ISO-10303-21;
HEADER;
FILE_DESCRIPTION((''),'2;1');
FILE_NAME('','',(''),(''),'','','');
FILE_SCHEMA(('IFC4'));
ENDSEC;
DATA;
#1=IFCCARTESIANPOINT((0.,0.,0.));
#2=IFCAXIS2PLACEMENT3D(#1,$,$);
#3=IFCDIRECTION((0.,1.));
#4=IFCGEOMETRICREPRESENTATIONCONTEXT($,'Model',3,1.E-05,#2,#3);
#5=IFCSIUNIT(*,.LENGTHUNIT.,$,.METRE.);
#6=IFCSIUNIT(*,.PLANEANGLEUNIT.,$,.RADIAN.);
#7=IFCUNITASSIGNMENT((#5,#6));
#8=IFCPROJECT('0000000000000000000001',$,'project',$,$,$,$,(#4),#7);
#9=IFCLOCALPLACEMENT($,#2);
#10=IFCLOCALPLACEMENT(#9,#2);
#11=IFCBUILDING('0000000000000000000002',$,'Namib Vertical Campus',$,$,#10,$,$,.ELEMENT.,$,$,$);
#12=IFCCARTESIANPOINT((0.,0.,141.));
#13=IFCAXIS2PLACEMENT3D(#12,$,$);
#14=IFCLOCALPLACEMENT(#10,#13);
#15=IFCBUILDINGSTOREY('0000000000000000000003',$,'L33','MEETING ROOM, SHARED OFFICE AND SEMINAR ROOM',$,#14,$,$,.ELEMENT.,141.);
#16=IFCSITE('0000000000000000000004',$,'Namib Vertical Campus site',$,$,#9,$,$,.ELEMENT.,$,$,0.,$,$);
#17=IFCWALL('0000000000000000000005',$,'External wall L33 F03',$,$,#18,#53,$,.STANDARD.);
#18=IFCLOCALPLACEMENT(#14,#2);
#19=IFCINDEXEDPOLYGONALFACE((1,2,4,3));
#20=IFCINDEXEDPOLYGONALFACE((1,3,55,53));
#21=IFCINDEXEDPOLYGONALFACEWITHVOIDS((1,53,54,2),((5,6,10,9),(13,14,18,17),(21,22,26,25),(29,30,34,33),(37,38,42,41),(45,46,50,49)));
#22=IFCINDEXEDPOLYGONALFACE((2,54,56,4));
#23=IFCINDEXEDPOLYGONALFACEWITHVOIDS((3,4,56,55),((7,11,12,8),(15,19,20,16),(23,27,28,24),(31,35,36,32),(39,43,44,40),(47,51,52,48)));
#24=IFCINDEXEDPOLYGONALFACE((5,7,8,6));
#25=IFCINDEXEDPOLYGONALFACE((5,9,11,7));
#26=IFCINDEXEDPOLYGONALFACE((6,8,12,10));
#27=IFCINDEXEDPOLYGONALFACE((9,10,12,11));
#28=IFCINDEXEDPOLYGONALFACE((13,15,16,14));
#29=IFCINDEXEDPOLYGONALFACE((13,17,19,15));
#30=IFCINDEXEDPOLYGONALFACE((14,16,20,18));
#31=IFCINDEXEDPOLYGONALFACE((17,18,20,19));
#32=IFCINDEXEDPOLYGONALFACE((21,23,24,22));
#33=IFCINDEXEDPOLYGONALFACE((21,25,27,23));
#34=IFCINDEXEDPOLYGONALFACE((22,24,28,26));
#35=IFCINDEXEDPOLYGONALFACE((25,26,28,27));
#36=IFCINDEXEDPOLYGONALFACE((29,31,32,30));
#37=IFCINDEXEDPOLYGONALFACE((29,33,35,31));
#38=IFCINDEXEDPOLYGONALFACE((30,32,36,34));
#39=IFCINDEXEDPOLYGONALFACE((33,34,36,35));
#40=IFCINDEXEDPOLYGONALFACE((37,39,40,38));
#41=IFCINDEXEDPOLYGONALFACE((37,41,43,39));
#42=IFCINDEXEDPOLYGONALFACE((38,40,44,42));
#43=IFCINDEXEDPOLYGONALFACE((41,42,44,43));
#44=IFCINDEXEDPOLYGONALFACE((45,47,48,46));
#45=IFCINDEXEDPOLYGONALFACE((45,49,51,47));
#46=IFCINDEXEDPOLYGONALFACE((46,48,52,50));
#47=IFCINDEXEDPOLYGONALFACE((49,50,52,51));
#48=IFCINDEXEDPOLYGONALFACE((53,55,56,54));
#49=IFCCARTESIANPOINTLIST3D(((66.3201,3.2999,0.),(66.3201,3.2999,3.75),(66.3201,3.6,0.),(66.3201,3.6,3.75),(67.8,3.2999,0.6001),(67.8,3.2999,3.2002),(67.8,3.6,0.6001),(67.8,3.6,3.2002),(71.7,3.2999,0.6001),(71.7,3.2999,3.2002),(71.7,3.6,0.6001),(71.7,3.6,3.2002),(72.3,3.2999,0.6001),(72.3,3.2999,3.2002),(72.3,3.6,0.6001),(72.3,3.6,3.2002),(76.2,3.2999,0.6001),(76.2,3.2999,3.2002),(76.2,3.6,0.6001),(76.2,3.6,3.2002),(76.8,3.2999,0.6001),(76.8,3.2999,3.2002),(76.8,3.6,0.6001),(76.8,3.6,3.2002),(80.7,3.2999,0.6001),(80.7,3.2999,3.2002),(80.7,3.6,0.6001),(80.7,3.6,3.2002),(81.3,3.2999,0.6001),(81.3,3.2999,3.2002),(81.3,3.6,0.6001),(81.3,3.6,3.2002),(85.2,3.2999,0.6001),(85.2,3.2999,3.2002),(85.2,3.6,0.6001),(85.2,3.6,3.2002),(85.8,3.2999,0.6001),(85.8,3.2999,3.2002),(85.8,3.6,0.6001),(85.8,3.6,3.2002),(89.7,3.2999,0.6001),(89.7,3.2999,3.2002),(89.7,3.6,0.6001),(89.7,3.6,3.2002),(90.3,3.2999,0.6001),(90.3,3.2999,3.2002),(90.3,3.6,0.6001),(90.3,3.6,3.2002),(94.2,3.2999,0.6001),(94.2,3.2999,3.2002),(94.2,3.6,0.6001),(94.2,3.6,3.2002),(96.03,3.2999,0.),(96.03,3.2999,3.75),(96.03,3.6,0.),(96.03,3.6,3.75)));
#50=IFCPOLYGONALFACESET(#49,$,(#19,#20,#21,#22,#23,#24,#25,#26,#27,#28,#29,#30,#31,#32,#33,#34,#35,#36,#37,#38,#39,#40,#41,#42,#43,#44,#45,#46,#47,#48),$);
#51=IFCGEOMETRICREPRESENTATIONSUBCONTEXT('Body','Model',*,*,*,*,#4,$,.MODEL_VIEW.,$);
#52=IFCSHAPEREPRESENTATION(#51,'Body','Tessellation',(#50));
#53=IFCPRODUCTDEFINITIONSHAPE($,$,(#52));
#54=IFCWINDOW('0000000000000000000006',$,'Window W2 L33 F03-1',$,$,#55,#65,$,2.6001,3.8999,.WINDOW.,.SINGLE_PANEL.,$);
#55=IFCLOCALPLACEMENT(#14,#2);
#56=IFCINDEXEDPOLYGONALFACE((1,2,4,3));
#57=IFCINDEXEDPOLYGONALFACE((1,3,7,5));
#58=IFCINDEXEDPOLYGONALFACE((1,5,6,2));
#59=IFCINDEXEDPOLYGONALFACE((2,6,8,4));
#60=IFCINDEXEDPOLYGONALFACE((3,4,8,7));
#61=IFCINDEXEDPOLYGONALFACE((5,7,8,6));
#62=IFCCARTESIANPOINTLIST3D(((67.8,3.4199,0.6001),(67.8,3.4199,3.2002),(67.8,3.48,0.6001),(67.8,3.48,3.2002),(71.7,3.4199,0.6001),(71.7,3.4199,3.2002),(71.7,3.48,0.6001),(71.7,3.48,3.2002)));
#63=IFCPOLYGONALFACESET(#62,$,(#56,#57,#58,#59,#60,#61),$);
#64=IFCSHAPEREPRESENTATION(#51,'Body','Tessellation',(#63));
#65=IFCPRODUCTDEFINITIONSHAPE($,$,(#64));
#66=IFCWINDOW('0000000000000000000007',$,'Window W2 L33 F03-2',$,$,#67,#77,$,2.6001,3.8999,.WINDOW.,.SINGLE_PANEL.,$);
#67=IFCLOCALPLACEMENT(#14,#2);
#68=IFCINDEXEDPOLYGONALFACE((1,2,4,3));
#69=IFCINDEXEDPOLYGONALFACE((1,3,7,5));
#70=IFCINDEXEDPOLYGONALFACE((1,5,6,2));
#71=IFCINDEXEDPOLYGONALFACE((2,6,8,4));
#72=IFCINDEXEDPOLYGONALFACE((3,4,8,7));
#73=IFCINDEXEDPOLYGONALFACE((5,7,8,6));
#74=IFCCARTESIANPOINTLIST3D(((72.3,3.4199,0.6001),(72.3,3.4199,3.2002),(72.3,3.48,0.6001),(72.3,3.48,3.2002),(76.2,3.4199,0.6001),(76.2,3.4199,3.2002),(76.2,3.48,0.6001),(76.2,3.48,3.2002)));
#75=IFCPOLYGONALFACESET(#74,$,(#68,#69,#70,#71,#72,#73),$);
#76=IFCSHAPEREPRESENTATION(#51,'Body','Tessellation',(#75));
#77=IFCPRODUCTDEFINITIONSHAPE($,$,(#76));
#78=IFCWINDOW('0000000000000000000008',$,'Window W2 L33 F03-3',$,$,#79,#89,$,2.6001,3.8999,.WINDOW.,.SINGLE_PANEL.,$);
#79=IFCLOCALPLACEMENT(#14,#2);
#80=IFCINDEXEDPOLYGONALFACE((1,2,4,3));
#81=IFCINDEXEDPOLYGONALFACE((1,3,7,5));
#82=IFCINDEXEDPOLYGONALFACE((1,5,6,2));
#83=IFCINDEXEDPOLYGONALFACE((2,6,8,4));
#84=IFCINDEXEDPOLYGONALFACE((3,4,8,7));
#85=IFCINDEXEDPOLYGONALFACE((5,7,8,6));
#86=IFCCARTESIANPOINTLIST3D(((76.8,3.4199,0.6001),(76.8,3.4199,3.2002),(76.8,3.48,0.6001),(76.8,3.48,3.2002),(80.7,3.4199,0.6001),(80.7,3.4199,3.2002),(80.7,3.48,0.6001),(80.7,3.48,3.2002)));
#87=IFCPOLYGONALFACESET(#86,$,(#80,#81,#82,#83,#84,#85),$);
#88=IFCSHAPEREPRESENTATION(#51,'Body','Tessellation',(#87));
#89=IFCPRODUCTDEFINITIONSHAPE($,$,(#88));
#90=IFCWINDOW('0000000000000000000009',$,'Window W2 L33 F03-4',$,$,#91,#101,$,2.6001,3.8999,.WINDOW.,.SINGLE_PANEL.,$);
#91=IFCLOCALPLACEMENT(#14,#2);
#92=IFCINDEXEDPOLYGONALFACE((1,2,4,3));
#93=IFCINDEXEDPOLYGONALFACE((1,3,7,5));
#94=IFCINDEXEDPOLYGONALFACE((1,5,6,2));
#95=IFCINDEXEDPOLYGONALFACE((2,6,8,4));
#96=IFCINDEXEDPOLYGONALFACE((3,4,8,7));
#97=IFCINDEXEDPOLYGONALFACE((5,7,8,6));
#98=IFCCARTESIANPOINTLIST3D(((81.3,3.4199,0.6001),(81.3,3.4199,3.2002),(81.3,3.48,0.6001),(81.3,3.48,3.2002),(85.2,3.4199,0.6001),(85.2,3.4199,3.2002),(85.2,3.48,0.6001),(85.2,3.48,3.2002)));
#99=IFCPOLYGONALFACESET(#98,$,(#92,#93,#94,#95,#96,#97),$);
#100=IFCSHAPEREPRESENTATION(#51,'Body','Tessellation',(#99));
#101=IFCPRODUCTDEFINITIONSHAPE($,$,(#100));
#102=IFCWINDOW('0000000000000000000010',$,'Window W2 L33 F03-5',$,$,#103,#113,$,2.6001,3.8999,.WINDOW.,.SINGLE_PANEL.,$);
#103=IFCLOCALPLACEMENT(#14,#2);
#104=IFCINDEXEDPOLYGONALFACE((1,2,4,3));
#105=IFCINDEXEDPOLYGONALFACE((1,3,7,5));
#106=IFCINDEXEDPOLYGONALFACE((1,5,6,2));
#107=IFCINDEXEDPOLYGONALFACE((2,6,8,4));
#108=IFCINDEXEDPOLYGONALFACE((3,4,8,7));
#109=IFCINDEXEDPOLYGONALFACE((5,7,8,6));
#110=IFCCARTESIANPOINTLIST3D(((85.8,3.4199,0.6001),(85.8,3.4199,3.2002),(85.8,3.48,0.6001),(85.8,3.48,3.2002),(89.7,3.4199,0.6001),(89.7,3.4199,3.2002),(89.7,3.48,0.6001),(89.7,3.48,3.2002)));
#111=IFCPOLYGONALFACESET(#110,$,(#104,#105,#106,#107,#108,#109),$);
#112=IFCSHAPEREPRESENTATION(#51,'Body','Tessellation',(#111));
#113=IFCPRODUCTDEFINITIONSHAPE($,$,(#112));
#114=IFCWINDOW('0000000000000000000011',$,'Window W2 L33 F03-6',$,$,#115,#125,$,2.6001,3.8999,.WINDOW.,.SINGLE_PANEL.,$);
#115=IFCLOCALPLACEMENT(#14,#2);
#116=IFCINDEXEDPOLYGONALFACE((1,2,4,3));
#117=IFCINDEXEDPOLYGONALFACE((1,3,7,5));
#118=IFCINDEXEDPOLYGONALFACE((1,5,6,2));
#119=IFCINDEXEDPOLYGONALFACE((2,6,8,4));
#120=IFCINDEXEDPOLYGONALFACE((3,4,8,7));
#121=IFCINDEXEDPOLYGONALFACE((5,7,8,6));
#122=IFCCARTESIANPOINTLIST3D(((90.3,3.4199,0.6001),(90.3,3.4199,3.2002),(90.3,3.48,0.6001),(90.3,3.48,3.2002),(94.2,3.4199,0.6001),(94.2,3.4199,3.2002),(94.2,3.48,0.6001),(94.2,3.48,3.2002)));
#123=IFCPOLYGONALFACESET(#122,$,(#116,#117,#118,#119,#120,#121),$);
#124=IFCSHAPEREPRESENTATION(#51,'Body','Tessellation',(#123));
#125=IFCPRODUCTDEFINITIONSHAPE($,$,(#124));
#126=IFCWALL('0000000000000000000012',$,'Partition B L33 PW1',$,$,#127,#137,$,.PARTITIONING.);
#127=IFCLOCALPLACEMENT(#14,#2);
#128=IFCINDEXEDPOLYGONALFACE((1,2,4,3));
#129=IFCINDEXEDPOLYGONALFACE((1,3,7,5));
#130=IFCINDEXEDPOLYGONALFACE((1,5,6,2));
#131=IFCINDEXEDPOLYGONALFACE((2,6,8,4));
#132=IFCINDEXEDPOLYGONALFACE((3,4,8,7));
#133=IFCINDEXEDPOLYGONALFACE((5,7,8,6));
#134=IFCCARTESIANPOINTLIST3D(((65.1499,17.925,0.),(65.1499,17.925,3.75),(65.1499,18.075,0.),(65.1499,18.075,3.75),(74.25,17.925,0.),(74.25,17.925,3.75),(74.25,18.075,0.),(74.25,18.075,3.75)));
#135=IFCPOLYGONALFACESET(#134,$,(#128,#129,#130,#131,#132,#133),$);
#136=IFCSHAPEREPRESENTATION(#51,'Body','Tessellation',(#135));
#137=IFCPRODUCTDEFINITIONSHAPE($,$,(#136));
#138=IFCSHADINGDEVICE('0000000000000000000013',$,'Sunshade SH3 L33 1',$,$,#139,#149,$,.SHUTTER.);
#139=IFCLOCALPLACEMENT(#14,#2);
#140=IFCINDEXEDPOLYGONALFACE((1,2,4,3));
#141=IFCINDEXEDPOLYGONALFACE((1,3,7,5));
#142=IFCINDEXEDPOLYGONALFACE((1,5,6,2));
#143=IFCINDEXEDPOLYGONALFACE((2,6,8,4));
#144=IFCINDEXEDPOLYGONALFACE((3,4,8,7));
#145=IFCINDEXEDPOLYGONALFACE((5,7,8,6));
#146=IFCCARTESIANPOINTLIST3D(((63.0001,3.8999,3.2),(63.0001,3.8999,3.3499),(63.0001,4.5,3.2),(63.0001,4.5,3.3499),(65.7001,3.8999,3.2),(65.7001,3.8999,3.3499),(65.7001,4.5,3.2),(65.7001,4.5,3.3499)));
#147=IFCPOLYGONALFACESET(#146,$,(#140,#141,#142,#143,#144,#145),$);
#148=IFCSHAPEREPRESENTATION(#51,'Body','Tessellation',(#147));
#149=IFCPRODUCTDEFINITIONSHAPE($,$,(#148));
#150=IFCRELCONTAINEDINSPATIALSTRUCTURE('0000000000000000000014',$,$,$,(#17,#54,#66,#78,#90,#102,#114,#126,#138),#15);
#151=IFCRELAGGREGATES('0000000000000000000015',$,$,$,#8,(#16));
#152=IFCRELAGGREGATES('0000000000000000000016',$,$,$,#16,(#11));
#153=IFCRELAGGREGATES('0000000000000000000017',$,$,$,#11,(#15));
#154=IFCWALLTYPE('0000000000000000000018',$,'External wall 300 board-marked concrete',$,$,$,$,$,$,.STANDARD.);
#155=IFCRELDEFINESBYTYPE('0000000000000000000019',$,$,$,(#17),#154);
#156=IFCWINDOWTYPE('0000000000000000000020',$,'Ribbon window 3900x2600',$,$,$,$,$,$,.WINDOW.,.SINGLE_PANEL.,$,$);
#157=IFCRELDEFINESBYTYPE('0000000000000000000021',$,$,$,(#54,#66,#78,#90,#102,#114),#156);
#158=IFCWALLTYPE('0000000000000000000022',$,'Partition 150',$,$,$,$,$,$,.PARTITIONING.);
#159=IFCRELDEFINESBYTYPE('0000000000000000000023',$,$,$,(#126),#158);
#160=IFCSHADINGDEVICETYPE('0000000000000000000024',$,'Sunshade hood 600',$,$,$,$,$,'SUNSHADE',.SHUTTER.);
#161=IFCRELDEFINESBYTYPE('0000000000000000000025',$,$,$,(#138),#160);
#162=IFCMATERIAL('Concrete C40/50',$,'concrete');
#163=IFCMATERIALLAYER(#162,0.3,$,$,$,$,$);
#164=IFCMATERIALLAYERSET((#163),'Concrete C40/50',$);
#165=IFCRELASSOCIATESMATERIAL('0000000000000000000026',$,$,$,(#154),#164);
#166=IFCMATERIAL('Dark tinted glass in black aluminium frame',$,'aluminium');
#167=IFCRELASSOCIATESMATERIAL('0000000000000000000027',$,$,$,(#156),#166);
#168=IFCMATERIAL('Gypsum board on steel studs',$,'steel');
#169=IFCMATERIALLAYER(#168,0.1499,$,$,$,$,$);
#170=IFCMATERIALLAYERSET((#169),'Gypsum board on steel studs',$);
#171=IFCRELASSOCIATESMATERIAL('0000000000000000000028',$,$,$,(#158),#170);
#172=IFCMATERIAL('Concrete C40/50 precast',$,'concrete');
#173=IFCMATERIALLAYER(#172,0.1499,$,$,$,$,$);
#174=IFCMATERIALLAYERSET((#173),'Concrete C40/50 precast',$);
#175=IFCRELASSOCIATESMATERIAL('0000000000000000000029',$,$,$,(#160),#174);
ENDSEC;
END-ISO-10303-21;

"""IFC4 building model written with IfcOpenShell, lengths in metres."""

from ifc_helpers import new_model, si_unit, direction, frame, frame_2d, origin, origin_2d, place, context, subcontext, project, spatial, rectangle, extrude, material, layer, layer_set, type_object, element, fill, save


model = new_model("IFC4")

# Units and contexts
model_context = context("Model", 3, precision=1e-05, world=origin(), true_north=direction((0.0, 1.0)))
body_context = subcontext(model_context, "Body", "Model", "MODEL_VIEW")
ifc_project = project(units=[si_unit("LENGTHUNIT", "METRE"), si_unit("PLANEANGLEUNIT", "RADIAN")], contexts=[model_context])

# Site, building, storey
site_placement = place(None, origin())
site = spatial("IfcSite", under=ifc_project, at=site_placement, Name="Namib Vertical Campus site", CompositionType="ELEMENT", RefElevation=0.0)
building_placement = place(site_placement, origin())
building = spatial("IfcBuilding", under=site, at=building_placement, Name="Namib Vertical Campus", CompositionType="ELEMENT")
storey_placement = place(building_placement, frame((0.0, 0.0, 141.0)))
storey = spatial("IfcBuildingStorey", under=building, at=storey_placement, Name="L33", Description="MEETING ROOM, SHARED OFFICE AND SEMINAR ROOM", CompositionType="ELEMENT", Elevation=141.0)

# Shared definitions
ifc_material_1 = material(Name="Concrete C40/50", Category="concrete")
ifc_layer_1 = layer(ifc_material_1, 0.3)
ifc_layer_set_1 = layer_set([ifc_layer_1], Name="Concrete C40/50")
wall_type_1 = type_object("IfcWallType", Name="External wall 300 board-marked concrete", PredefinedType="STANDARD", material=ifc_layer_set_1)

# Wall, openings, windows
wall_1_placement = place(storey_placement, frame((66.3201, 3.45, 0.0), z_axis=(0.0, 0.0, 1.0), x_axis=(1.0, 0.0, 0.0)))
wall_1 = element("IfcWall", 1, at=wall_1_placement, inside=storey, type_object=wall_type_1, Name="External wall L33 F03", PredefinedType="STANDARD", context=body_context, shape_type="SweptSolid", body=[
    extrude(rectangle(XDim=29.71, YDim=0.3, at=frame_2d((14.855, 0.0))), origin(), (0.0, 0.0, 1.0), 3.75),
])
opening_1_placement = place(wall_1_placement, frame((1.48, 0.0, 0.6001)))
opening_1 = element("IfcOpeningElement", 2, at=opening_1_placement, cuts=wall_1, PredefinedType="OPENING", context=body_context, shape_type="SweptSolid", body=[
    extrude(rectangle(XDim=3.8999, YDim=2.6001, at=frame_2d((1.95, 1.3))), frame((0.0, 0.1599, 0.0), z_axis=(0.0, -1.0, 0.0), x_axis=(1.0, 0.0, 0.0)), (0.0, 0.0, 1.0), 0.3201),
])
opening_2_placement = place(wall_1_placement, frame((5.98, 0.0, 0.6001)))
opening_2 = element("IfcOpeningElement", 3, at=opening_2_placement, cuts=wall_1, PredefinedType="OPENING", context=body_context, shape_type="SweptSolid", body=[
    extrude(rectangle(XDim=3.8999, YDim=2.6001, at=frame_2d((1.95, 1.3))), frame((0.0, 0.1599, 0.0), z_axis=(0.0, -1.0, 0.0), x_axis=(1.0, 0.0, 0.0)), (0.0, 0.0, 1.0), 0.3201),
])
opening_3_placement = place(wall_1_placement, frame((10.48, 0.0, 0.6001)))
opening_3 = element("IfcOpeningElement", 4, at=opening_3_placement, cuts=wall_1, PredefinedType="OPENING", context=body_context, shape_type="SweptSolid", body=[
    extrude(rectangle(XDim=3.8999, YDim=2.6001, at=frame_2d((1.95, 1.3))), frame((0.0, 0.1599, 0.0), z_axis=(0.0, -1.0, 0.0), x_axis=(1.0, 0.0, 0.0)), (0.0, 0.0, 1.0), 0.3201),
])
opening_4_placement = place(wall_1_placement, frame((14.98, 0.0, 0.6001)))
opening_4 = element("IfcOpeningElement", 5, at=opening_4_placement, cuts=wall_1, PredefinedType="OPENING", context=body_context, shape_type="SweptSolid", body=[
    extrude(rectangle(XDim=3.8999, YDim=2.6001, at=frame_2d((1.95, 1.3))), frame((0.0, 0.1599, 0.0), z_axis=(0.0, -1.0, 0.0), x_axis=(1.0, 0.0, 0.0)), (0.0, 0.0, 1.0), 0.3201),
])
opening_5_placement = place(wall_1_placement, frame((19.48, 0.0, 0.6001)))
opening_5 = element("IfcOpeningElement", 6, at=opening_5_placement, cuts=wall_1, PredefinedType="OPENING", context=body_context, shape_type="SweptSolid", body=[
    extrude(rectangle(XDim=3.8999, YDim=2.6001, at=frame_2d((1.95, 1.3))), frame((0.0, 0.1599, 0.0), z_axis=(0.0, -1.0, 0.0), x_axis=(1.0, 0.0, 0.0)), (0.0, 0.0, 1.0), 0.3201),
])
opening_6_placement = place(wall_1_placement, frame((23.98, 0.0, 0.6001)))
opening_6 = element("IfcOpeningElement", 7, at=opening_6_placement, cuts=wall_1, PredefinedType="OPENING", context=body_context, shape_type="SweptSolid", body=[
    extrude(rectangle(XDim=3.8999, YDim=2.6001, at=frame_2d((1.95, 1.3))), frame((0.0, 0.1599, 0.0), z_axis=(0.0, -1.0, 0.0), x_axis=(1.0, 0.0, 0.0)), (0.0, 0.0, 1.0), 0.3201),
])
ifc_material_2 = material(Name="Dark tinted glass in black aluminium frame", Category="aluminium")
window_type = type_object("IfcWindowType", Name="Ribbon window 3900x2600", PartitioningType="SINGLE_PANEL", PredefinedType="WINDOW", material=ifc_material_2)
window_1_placement = place(opening_1_placement, origin())
window_1 = element("IfcWindow", 8, at=window_1_placement, inside=storey, type_object=window_type, Name="Window W2 L33 F03-1", OverallHeight=2.6001, OverallWidth=3.8999, PartitioningType="SINGLE_PANEL", PredefinedType="WINDOW", context=body_context, shape_type="SweptSolid", body=[
    extrude(rectangle(XDim=3.8999, YDim=2.6001, at=frame_2d((1.95, 1.3))), frame((0.0, 0.03, 0.0), z_axis=(0.0, -1.0, 0.0), x_axis=(1.0, 0.0, 0.0)), (0.0, 0.0, 1.0), 0.0601),
])
fill(opening_1, window_1)
window_2_placement = place(opening_2_placement, origin())
window_2 = element("IfcWindow", 9, at=window_2_placement, inside=storey, type_object=window_type, Name="Window W2 L33 F03-2", OverallHeight=2.6001, OverallWidth=3.8999, PartitioningType="SINGLE_PANEL", PredefinedType="WINDOW", context=body_context, shape_type="SweptSolid", body=[
    extrude(rectangle(XDim=3.8999, YDim=2.6001, at=frame_2d((1.95, 1.3))), frame((0.0, 0.03, 0.0), z_axis=(0.0, -1.0, 0.0), x_axis=(1.0, 0.0, 0.0)), (0.0, 0.0, 1.0), 0.0601),
])
fill(opening_2, window_2)
window_3_placement = place(opening_3_placement, origin())
window_3 = element("IfcWindow", 10, at=window_3_placement, inside=storey, type_object=window_type, Name="Window W2 L33 F03-3", OverallHeight=2.6001, OverallWidth=3.8999, PartitioningType="SINGLE_PANEL", PredefinedType="WINDOW", context=body_context, shape_type="SweptSolid", body=[
    extrude(rectangle(XDim=3.8999, YDim=2.6001, at=frame_2d((1.95, 1.3))), frame((0.0, 0.03, 0.0), z_axis=(0.0, -1.0, 0.0), x_axis=(1.0, 0.0, 0.0)), (0.0, 0.0, 1.0), 0.0601),
])
fill(opening_3, window_3)
window_4_placement = place(opening_4_placement, origin())
window_4 = element("IfcWindow", 11, at=window_4_placement, inside=storey, type_object=window_type, Name="Window W2 L33 F03-4", OverallHeight=2.6001, OverallWidth=3.8999, PartitioningType="SINGLE_PANEL", PredefinedType="WINDOW", context=body_context, shape_type="SweptSolid", body=[
    extrude(rectangle(XDim=3.8999, YDim=2.6001, at=frame_2d((1.95, 1.3))), frame((0.0, 0.03, 0.0), z_axis=(0.0, -1.0, 0.0), x_axis=(1.0, 0.0, 0.0)), (0.0, 0.0, 1.0), 0.0601),
])
fill(opening_4, window_4)
window_5_placement = place(opening_5_placement, origin())
window_5 = element("IfcWindow", 12, at=window_5_placement, inside=storey, type_object=window_type, Name="Window W2 L33 F03-5", OverallHeight=2.6001, OverallWidth=3.8999, PartitioningType="SINGLE_PANEL", PredefinedType="WINDOW", context=body_context, shape_type="SweptSolid", body=[
    extrude(rectangle(XDim=3.8999, YDim=2.6001, at=frame_2d((1.95, 1.3))), frame((0.0, 0.03, 0.0), z_axis=(0.0, -1.0, 0.0), x_axis=(1.0, 0.0, 0.0)), (0.0, 0.0, 1.0), 0.0601),
])
fill(opening_5, window_5)
window_6_placement = place(opening_6_placement, origin())
window_6 = element("IfcWindow", 13, at=window_6_placement, inside=storey, type_object=window_type, Name="Window W2 L33 F03-6", OverallHeight=2.6001, OverallWidth=3.8999, PartitioningType="SINGLE_PANEL", PredefinedType="WINDOW", context=body_context, shape_type="SweptSolid", body=[
    extrude(rectangle(XDim=3.8999, YDim=2.6001, at=frame_2d((1.95, 1.3))), frame((0.0, 0.03, 0.0), z_axis=(0.0, -1.0, 0.0), x_axis=(1.0, 0.0, 0.0)), (0.0, 0.0, 1.0), 0.0601),
])
fill(opening_6, window_6)

# Wall
ifc_material_3 = material(Name="Gypsum board on steel studs", Category="steel")
ifc_layer_2 = layer(ifc_material_3, 0.1499)
ifc_layer_set_2 = layer_set([ifc_layer_2], Name="Gypsum board on steel studs")
wall_type_2 = type_object("IfcWallType", Name="Partition 150", PredefinedType="PARTITIONING", material=ifc_layer_set_2)
wall_2_placement = place(storey_placement, frame((65.1499, 18.0, 0.0), z_axis=(0.0, 0.0, 1.0), x_axis=(1.0, 0.0, 0.0)))
element("IfcWall", 14, at=wall_2_placement, inside=storey, type_object=wall_type_2, Name="Partition B L33 PW1", PredefinedType="PARTITIONING", context=body_context, shape_type="SweptSolid", body=[
    extrude(rectangle(XDim=9.1001, YDim=0.1499, at=frame_2d((4.55, 0.0))), origin(), (0.0, 0.0, 1.0), 3.75),
])

# Shading device
ifc_material_4 = material(Name="Concrete C40/50 precast", Category="concrete")
ifc_layer_3 = layer(ifc_material_4, 0.1499)
ifc_layer_set_3 = layer_set([ifc_layer_3], Name="Concrete C40/50 precast")
shading_device_type = type_object("IfcShadingDeviceType", Name="Sunshade hood 600", ElementType="SUNSHADE", PredefinedType="SHUTTER", material=ifc_layer_set_3)
shading_device_placement = place(storey_placement, frame((64.3501, 4.2, 3.2), z_axis=(0.0, 0.0, 1.0), x_axis=(1.0, 0.0, 0.0)))
element("IfcShadingDevice", 15, at=shading_device_placement, inside=storey, type_object=shading_device_type, Name="Sunshade SH3 L33 1", PredefinedType="SHUTTER", context=body_context, shape_type="SweptSolid", body=[
    extrude(rectangle(XDim=2.7, YDim=0.6001, at=origin_2d()), origin(), (0.0, 0.0, 1.0), 0.1499),
])

save(model, "model.ifc")
